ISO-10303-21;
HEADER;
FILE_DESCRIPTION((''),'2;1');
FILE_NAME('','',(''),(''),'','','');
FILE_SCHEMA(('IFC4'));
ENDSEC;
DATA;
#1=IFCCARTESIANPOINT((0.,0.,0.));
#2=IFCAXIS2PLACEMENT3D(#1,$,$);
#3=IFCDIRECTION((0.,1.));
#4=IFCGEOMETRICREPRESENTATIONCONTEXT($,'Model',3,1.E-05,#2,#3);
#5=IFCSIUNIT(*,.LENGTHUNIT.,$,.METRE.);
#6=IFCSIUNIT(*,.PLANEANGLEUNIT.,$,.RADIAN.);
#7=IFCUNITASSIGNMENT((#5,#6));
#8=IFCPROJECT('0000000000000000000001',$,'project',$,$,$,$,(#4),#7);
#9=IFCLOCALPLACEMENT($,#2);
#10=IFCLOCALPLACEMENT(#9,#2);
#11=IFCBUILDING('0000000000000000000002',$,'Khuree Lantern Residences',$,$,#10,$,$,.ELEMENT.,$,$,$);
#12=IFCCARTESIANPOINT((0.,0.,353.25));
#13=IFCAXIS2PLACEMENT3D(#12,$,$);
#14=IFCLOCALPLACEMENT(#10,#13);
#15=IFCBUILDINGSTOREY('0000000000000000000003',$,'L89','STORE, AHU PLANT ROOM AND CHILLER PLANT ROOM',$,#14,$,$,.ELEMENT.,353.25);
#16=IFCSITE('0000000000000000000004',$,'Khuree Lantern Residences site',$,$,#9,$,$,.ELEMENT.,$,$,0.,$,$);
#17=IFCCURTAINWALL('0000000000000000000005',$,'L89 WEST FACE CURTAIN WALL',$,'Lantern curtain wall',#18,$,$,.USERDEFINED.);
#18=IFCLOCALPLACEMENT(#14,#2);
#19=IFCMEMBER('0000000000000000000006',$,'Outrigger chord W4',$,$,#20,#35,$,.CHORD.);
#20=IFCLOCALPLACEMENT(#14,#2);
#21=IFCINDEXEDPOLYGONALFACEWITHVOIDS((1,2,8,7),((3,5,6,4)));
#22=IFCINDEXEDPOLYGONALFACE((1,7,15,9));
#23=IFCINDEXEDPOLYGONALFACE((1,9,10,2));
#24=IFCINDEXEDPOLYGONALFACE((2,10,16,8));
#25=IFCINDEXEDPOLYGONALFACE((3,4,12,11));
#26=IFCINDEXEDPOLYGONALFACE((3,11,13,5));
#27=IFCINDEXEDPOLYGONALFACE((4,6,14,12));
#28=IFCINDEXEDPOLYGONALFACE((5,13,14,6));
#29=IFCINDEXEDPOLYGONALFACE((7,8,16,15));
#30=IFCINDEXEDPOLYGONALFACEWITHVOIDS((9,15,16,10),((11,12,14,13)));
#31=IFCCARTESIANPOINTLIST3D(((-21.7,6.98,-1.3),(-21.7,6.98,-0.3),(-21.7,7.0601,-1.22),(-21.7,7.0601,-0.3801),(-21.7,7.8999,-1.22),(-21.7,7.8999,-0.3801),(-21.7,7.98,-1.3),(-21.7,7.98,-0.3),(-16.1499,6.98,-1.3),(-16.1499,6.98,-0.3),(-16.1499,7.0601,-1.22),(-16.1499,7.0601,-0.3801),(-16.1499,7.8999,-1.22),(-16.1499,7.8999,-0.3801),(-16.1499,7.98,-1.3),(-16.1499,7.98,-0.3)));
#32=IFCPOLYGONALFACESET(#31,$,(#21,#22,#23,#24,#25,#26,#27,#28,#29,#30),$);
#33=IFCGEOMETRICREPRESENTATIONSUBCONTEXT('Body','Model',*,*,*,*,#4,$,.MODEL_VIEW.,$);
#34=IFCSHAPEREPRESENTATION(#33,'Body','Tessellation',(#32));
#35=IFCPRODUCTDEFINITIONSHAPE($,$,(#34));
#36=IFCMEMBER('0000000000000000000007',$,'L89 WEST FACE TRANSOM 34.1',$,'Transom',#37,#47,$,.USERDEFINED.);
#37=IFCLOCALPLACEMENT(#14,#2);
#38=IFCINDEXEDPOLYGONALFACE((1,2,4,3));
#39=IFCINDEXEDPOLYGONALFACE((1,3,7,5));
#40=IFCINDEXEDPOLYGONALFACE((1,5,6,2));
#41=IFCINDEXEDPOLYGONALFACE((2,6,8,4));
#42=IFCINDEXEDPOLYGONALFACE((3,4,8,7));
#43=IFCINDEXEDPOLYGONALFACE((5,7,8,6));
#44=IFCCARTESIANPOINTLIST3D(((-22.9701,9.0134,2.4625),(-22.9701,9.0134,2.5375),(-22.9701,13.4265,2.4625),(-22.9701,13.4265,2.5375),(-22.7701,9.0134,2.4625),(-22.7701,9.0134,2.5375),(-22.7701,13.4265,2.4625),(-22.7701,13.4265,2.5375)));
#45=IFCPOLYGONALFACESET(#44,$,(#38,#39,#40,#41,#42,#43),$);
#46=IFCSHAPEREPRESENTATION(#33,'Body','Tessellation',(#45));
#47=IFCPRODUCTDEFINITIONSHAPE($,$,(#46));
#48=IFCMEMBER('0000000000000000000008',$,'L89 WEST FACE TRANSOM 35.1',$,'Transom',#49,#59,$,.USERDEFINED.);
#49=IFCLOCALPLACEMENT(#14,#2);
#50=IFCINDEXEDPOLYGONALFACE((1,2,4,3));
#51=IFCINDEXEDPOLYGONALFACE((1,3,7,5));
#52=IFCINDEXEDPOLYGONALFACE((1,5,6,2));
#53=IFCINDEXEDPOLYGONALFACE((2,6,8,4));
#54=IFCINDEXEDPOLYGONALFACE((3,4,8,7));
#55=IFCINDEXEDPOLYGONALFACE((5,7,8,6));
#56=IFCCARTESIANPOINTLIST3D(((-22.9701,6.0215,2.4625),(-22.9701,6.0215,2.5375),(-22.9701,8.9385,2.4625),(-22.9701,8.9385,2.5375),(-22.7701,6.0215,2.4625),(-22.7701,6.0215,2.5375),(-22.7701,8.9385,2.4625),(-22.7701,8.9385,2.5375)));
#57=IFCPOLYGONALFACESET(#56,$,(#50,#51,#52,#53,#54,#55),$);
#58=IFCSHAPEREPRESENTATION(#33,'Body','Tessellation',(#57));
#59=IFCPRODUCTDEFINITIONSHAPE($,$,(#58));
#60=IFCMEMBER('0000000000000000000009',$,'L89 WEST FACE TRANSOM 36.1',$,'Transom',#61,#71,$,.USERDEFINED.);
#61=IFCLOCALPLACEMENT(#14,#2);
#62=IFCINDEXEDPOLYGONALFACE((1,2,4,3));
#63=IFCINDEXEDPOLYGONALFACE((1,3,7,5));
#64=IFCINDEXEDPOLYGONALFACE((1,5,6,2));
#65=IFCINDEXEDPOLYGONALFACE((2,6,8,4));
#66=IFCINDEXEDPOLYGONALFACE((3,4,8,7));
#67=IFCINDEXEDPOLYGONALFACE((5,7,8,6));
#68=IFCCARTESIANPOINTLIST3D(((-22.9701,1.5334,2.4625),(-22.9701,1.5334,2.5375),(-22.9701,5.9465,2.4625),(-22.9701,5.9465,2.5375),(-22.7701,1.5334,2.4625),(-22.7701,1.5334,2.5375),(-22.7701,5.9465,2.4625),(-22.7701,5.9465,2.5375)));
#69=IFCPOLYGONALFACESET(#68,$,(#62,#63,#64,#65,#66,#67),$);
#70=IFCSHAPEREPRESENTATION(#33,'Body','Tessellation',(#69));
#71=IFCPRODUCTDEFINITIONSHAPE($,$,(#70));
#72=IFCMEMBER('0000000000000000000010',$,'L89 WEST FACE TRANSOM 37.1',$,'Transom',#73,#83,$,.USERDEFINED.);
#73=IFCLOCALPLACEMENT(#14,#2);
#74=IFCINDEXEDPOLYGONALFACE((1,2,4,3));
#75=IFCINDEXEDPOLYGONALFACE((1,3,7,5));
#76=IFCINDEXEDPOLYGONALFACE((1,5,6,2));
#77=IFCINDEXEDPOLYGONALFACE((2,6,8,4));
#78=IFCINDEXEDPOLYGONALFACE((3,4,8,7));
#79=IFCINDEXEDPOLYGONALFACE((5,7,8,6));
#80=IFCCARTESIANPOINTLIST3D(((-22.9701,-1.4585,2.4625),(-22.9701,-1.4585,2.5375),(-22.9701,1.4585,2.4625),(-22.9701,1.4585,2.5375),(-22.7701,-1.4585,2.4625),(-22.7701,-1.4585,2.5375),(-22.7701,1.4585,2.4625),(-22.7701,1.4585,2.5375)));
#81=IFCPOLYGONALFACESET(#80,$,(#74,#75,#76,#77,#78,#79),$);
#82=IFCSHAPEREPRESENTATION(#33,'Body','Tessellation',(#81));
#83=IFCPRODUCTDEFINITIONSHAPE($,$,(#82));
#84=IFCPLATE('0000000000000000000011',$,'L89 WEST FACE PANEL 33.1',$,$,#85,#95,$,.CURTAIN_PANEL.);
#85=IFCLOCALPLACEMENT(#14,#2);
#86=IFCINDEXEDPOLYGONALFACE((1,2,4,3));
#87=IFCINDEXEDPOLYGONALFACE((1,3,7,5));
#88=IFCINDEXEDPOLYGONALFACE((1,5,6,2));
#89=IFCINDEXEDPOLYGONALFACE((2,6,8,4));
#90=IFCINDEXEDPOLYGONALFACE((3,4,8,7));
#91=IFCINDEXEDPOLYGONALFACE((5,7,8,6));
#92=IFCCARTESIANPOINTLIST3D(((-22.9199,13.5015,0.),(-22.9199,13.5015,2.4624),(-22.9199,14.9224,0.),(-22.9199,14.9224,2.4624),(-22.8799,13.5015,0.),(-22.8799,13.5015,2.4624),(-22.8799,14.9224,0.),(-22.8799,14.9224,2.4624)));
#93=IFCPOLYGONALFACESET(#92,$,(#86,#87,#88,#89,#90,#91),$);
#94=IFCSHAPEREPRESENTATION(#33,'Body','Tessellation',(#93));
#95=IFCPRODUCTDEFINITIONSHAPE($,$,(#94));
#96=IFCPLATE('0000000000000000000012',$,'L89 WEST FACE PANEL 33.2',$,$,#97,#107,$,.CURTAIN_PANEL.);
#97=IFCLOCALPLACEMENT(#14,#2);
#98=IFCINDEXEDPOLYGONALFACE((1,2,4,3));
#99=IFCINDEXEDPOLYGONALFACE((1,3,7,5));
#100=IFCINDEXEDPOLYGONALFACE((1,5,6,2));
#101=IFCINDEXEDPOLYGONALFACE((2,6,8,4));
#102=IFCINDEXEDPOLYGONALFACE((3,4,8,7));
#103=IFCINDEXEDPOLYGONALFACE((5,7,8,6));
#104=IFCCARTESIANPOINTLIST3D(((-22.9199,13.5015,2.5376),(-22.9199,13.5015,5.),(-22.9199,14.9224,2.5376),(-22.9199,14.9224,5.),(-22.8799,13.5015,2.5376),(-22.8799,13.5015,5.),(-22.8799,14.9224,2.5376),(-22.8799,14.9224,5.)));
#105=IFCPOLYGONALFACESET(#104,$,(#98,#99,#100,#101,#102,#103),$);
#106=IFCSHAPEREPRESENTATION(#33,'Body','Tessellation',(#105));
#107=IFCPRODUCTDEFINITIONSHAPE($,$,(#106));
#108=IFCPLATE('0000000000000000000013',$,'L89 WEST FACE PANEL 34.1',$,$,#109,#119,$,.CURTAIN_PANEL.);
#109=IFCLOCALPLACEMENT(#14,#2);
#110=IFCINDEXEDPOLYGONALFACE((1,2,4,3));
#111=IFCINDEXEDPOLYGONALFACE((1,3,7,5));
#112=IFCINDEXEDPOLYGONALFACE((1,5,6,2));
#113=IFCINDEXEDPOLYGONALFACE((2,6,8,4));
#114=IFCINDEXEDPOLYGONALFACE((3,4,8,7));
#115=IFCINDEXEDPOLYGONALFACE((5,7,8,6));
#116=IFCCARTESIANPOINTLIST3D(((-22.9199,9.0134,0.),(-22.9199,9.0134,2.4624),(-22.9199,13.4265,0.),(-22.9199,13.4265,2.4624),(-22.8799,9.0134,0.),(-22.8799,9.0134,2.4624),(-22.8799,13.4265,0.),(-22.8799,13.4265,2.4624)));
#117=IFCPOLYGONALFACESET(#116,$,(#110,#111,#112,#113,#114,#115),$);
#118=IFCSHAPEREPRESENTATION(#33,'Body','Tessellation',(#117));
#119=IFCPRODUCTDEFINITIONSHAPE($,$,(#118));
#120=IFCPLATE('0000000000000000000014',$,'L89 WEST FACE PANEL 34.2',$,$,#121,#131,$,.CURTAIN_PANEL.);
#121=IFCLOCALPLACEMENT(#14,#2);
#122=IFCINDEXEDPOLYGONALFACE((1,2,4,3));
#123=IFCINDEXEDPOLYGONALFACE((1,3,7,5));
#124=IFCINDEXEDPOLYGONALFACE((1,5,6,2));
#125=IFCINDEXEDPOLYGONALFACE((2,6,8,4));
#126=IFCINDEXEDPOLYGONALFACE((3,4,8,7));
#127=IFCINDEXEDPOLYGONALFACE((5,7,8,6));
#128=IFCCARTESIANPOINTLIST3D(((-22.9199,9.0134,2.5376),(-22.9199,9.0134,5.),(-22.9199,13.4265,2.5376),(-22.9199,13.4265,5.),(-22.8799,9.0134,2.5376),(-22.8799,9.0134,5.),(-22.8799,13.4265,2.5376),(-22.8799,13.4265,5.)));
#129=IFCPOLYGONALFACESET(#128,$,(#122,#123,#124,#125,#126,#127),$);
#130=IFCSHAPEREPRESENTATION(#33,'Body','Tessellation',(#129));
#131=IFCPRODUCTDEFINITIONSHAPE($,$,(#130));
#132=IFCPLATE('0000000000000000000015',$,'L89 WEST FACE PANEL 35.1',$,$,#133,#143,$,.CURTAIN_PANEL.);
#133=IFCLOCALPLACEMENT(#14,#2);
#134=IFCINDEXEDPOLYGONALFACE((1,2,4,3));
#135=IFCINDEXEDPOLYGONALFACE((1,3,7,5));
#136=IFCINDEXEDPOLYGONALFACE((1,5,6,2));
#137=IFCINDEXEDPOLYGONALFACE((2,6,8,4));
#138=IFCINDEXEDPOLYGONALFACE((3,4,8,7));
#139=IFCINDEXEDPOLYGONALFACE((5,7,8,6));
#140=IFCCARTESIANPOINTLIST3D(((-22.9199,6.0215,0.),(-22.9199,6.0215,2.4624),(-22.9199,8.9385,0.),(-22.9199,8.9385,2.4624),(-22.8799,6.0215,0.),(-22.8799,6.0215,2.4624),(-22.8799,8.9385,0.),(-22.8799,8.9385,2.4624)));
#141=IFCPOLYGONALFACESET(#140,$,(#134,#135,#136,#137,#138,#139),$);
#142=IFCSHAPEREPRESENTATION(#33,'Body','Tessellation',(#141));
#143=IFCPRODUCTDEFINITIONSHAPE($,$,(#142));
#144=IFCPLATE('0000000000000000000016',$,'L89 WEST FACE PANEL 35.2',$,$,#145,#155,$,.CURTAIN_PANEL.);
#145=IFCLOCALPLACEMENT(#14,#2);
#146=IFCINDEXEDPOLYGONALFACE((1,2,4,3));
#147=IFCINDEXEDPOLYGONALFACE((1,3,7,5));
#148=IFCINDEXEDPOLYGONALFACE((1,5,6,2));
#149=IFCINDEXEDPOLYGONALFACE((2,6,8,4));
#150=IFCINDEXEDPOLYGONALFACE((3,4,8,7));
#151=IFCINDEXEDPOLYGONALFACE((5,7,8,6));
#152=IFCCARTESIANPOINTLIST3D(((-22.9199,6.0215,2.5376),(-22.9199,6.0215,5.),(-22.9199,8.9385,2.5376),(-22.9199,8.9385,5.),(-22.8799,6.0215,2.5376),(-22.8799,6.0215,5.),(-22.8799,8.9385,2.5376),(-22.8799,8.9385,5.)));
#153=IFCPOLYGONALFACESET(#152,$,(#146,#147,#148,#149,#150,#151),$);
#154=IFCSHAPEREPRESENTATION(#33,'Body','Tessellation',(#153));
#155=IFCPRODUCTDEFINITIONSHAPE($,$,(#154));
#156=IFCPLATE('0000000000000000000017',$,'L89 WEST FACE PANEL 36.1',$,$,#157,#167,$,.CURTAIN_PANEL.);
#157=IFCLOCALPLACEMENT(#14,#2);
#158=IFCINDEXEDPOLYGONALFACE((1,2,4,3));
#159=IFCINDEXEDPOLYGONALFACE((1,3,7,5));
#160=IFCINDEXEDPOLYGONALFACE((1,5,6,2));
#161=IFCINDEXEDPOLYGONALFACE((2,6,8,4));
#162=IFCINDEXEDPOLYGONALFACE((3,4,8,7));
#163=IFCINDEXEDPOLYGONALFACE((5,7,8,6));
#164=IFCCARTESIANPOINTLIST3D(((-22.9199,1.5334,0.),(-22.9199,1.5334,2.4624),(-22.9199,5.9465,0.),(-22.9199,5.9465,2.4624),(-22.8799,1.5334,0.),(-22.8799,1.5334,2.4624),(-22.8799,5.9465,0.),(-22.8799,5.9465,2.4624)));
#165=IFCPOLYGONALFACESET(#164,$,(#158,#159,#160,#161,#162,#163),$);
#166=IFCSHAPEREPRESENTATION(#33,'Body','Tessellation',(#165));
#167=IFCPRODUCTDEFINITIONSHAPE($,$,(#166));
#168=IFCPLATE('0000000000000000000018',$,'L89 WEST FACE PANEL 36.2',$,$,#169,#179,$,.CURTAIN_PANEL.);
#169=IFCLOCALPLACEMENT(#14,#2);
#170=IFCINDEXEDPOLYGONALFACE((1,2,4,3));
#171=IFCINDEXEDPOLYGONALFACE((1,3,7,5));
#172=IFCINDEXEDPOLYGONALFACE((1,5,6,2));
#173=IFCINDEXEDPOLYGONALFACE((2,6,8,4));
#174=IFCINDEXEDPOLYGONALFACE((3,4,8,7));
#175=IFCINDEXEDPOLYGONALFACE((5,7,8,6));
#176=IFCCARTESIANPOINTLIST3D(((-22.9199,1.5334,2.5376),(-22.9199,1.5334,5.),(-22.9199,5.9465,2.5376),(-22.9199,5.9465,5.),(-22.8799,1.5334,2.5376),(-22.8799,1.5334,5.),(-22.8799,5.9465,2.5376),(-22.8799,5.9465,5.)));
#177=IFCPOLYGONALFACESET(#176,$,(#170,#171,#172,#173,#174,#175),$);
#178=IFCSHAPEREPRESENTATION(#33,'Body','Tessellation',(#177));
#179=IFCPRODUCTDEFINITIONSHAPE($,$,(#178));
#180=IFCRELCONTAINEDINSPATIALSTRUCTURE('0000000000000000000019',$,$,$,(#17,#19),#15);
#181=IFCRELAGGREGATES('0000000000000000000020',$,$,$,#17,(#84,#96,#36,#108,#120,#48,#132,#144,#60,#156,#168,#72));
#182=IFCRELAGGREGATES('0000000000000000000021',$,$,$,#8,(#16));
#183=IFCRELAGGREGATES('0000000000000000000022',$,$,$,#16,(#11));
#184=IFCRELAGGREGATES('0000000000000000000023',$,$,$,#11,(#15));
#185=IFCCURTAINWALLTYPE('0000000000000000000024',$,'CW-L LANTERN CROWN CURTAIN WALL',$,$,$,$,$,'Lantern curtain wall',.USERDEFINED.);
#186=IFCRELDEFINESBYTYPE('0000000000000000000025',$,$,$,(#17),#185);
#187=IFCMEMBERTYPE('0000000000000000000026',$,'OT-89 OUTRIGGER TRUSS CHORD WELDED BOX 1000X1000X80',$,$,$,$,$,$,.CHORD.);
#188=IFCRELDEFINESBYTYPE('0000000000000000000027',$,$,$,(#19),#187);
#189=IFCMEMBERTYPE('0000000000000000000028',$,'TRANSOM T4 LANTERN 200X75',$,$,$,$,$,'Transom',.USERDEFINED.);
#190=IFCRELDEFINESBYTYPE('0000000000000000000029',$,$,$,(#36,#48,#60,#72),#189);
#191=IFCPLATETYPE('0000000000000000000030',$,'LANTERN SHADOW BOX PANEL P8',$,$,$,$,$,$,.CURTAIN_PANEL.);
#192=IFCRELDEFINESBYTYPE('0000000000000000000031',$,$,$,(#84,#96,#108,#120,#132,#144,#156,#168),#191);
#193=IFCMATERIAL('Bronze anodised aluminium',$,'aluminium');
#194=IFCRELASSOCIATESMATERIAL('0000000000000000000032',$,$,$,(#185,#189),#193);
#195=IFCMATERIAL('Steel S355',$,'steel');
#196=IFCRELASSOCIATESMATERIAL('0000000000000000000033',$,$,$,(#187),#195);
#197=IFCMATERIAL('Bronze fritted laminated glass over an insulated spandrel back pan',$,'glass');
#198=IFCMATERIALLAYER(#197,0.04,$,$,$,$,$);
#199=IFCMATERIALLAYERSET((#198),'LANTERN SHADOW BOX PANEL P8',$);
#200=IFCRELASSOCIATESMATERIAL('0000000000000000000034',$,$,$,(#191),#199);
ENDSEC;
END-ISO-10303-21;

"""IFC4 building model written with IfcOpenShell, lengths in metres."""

from ifc_helpers import new_model, si_unit, direction, frame, origin, origin_2d, place, context, subcontext, project, spatial, rectangle, hollow_rectangle, extrude, material, layer, layer_set, material_profile, profile_set, type_object, element, aggregate, save


model = new_model("IFC4")

# Units and contexts
model_context = context("Model", 3, precision=1e-05, world=origin(), true_north=direction((0.0, 1.0)))
body_context = subcontext(model_context, "Body", "Model", "MODEL_VIEW")
ifc_project = project(units=[si_unit("LENGTHUNIT", "METRE"), si_unit("PLANEANGLEUNIT", "RADIAN")], contexts=[model_context])

# Site, building, storey
site_placement = place(None, origin())
site = spatial("IfcSite", under=ifc_project, at=site_placement, Name="Khuree Lantern Residences site", CompositionType="ELEMENT", RefElevation=0.0)
building_placement = place(site_placement, origin())
building = spatial("IfcBuilding", under=site, at=building_placement, Name="Khuree Lantern Residences", CompositionType="ELEMENT")
storey_placement = place(building_placement, frame((0.0, 0.0, 353.25)))
storey = spatial("IfcBuildingStorey", under=building, at=storey_placement, Name="L89", Description="STORE, AHU PLANT ROOM AND CHILLER PLANT ROOM", CompositionType="ELEMENT", Elevation=353.25)

# Shared definitions
ifc_material_1 = material(Name="Steel S355", Category="steel")

# Curtain wall
ifc_material_2 = material(Name="Bronze anodised aluminium", Category="aluminium")
curtain_wall_type = type_object("IfcCurtainWallType", Name="CW-L LANTERN CROWN CURTAIN WALL", ElementType="Lantern curtain wall", PredefinedType="USERDEFINED", material=ifc_material_2)
curtain_wall_placement = place(storey_placement, origin())
curtain_wall = element("IfcCurtainWall", 1, at=curtain_wall_placement, inside=storey, type_object=curtain_wall_type, Name="L89 WEST FACE CURTAIN WALL", ObjectType="Lantern curtain wall", PredefinedType="USERDEFINED")

# Member
ifc_material_profile_1 = material_profile(ifc_material_1, hollow_rectangle(XDim=1.0, YDim=1.0, WallThickness=0.0801, at=origin_2d()), Name="WELDED BOX 1000X1000X80")
ifc_profile_set_1 = profile_set([ifc_material_profile_1], Name="Steel S355")
member_type_1 = type_object("IfcMemberType", Name="OT-89 OUTRIGGER TRUSS CHORD WELDED BOX 1000X1000X80", PredefinedType="CHORD", material=ifc_profile_set_1)
for number, where, z_axis, x_axis, name in (
    (2, (-21.7, 7.48, -0.8), (1.0, 0.0, 0.0), (0.0, 1.0, 0.0), "Outrigger chord W4"),
):
    element("IfcMember", number, at=place(storey_placement, frame(where, z_axis=z_axis, x_axis=x_axis)), inside=storey, type_object=member_type_1, Name=name, PredefinedType="CHORD", context=body_context, shape_type="SweptSolid", body=[
        extrude(hollow_rectangle(XDim=1.0, YDim=1.0, WallThickness=0.0801, at=origin_2d()), origin(), (0.0, 0.0, 1.0), 5.55),
    ])

# Members
ifc_material_profile_2 = material_profile(ifc_material_2, rectangle(XDim=0.2, YDim=0.075, at=origin_2d()), Name="T4 200X75")
ifc_profile_set_2 = profile_set([ifc_material_profile_2], Name="Bronze anodised aluminium")
member_type_2 = type_object("IfcMemberType", Name="TRANSOM T4 LANTERN 200X75", ElementType="Transom", PredefinedType="USERDEFINED", material=ifc_profile_set_2)
member_1_placement = place(storey_placement, frame((-22.8701, 13.4265, 2.5), z_axis=(0.0, -1.0, 0.0), x_axis=(1.0, 0.0, 0.0)))
member_1 = element("IfcMember", 3, at=member_1_placement, type_object=member_type_2, Name="L89 WEST FACE TRANSOM 34.1", ObjectType="Transom", PredefinedType="USERDEFINED", context=body_context, shape_type="SweptSolid", body=[
    extrude(rectangle(XDim=0.2, YDim=0.075, at=origin_2d()), origin(), (0.0, 0.0, 1.0), 4.4131),
])
member_2_placement = place(storey_placement, frame((-22.8701, 8.9385, 2.5), z_axis=(0.0, -1.0, 0.0), x_axis=(1.0, 0.0, 0.0)))
member_2 = element("IfcMember", 4, at=member_2_placement, type_object=member_type_2, Name="L89 WEST FACE TRANSOM 35.1", ObjectType="Transom", PredefinedType="USERDEFINED", context=body_context, shape_type="SweptSolid", body=[
    extrude(rectangle(XDim=0.2, YDim=0.075, at=origin_2d()), origin(), (0.0, 0.0, 1.0), 2.917),
])
member_3_placement = place(storey_placement, frame((-22.8701, 5.9465, 2.5), z_axis=(0.0, -1.0, 0.0), x_axis=(1.0, 0.0, 0.0)))
member_3 = element("IfcMember", 5, at=member_3_placement, type_object=member_type_2, Name="L89 WEST FACE TRANSOM 36.1", ObjectType="Transom", PredefinedType="USERDEFINED", context=body_context, shape_type="SweptSolid", body=[
    extrude(rectangle(XDim=0.2, YDim=0.075, at=origin_2d()), origin(), (0.0, 0.0, 1.0), 4.4131),
])
member_4_placement = place(storey_placement, frame((-22.8701, 1.4585, 2.5), z_axis=(0.0, -1.0, 0.0), x_axis=(1.0, 0.0, 0.0)))
member_4 = element("IfcMember", 6, at=member_4_placement, type_object=member_type_2, Name="L89 WEST FACE TRANSOM 37.1", ObjectType="Transom", PredefinedType="USERDEFINED", context=body_context, shape_type="SweptSolid", body=[
    extrude(rectangle(XDim=0.2, YDim=0.075, at=origin_2d()), origin(), (0.0, 0.0, 1.0), 2.917),
])

# Plates
ifc_material_3 = material(Name="Bronze fritted laminated glass over an insulated spandrel back pan", Category="glass")
ifc_layer = layer(ifc_material_3, 0.04)
ifc_layer_set = layer_set([ifc_layer], Name="LANTERN SHADOW BOX PANEL P8")
plate_type = type_object("IfcPlateType", Name="LANTERN SHADOW BOX PANEL P8", PredefinedType="CURTAIN_PANEL", material=ifc_layer_set)
plate_1_placement = place(storey_placement, frame((-22.8999, 14.2119, 0.0), z_axis=(0.0, 0.0, 1.0), x_axis=(0.0, -1.0, 0.0)))
plate_1 = element("IfcPlate", 7, at=plate_1_placement, type_object=plate_type, Name="L89 WEST FACE PANEL 33.1", PredefinedType="CURTAIN_PANEL", context=body_context, shape_type="SweptSolid", body=[
    extrude(rectangle(XDim=1.4209, YDim=0.04, at=origin_2d()), origin(), (0.0, 0.0, 1.0), 2.4624),
])
plate_2_placement = place(storey_placement, frame((-22.8999, 14.2119, 2.5376), z_axis=(0.0, 0.0, 1.0), x_axis=(0.0, -1.0, 0.0)))
plate_2 = element("IfcPlate", 8, at=plate_2_placement, type_object=plate_type, Name="L89 WEST FACE PANEL 33.2", PredefinedType="CURTAIN_PANEL", context=body_context, shape_type="SweptSolid", body=[
    extrude(rectangle(XDim=1.4209, YDim=0.04, at=origin_2d()), origin(), (0.0, 0.0, 1.0), 2.4624),
])
plate_3_placement = place(storey_placement, frame((-22.8999, 11.22, 0.0), z_axis=(0.0, 0.0, 1.0), x_axis=(0.0, -1.0, 0.0)))
plate_3 = element("IfcPlate", 9, at=plate_3_placement, type_object=plate_type, Name="L89 WEST FACE PANEL 34.1", PredefinedType="CURTAIN_PANEL", context=body_context, shape_type="SweptSolid", body=[
    extrude(rectangle(XDim=4.4131, YDim=0.04, at=origin_2d()), origin(), (0.0, 0.0, 1.0), 2.4624),
])
plate_4_placement = place(storey_placement, frame((-22.8999, 11.22, 2.5376), z_axis=(0.0, 0.0, 1.0), x_axis=(0.0, -1.0, 0.0)))
plate_4 = element("IfcPlate", 10, at=plate_4_placement, type_object=plate_type, Name="L89 WEST FACE PANEL 34.2", PredefinedType="CURTAIN_PANEL", context=body_context, shape_type="SweptSolid", body=[
    extrude(rectangle(XDim=4.4131, YDim=0.04, at=origin_2d()), origin(), (0.0, 0.0, 1.0), 2.4624),
])
plate_5_placement = place(storey_placement, frame((-22.8999, 7.48, 0.0), z_axis=(0.0, 0.0, 1.0), x_axis=(0.0, -1.0, 0.0)))
plate_5 = element("IfcPlate", 11, at=plate_5_placement, type_object=plate_type, Name="L89 WEST FACE PANEL 35.1", PredefinedType="CURTAIN_PANEL", context=body_context, shape_type="SweptSolid", body=[
    extrude(rectangle(XDim=2.917, YDim=0.04, at=origin_2d()), origin(), (0.0, 0.0, 1.0), 2.4624),
])
plate_6_placement = place(storey_placement, frame((-22.8999, 7.48, 2.5376), z_axis=(0.0, 0.0, 1.0), x_axis=(0.0, -1.0, 0.0)))
plate_6 = element("IfcPlate", 12, at=plate_6_placement, type_object=plate_type, Name="L89 WEST FACE PANEL 35.2", PredefinedType="CURTAIN_PANEL", context=body_context, shape_type="SweptSolid", body=[
    extrude(rectangle(XDim=2.917, YDim=0.04, at=origin_2d()), origin(), (0.0, 0.0, 1.0), 2.4624),
])
plate_7_placement = place(storey_placement, frame((-22.8999, 3.74, 0.0), z_axis=(0.0, 0.0, 1.0), x_axis=(0.0, -1.0, 0.0)))
plate_7 = element("IfcPlate", 13, at=plate_7_placement, type_object=plate_type, Name="L89 WEST FACE PANEL 36.1", PredefinedType="CURTAIN_PANEL", context=body_context, shape_type="SweptSolid", body=[
    extrude(rectangle(XDim=4.4131, YDim=0.04, at=origin_2d()), origin(), (0.0, 0.0, 1.0), 2.4624),
])
plate_8_placement = place(storey_placement, frame((-22.8999, 3.74, 2.5376), z_axis=(0.0, 0.0, 1.0), x_axis=(0.0, -1.0, 0.0)))
plate_8 = element("IfcPlate", 14, at=plate_8_placement, type_object=plate_type, Name="L89 WEST FACE PANEL 36.2", PredefinedType="CURTAIN_PANEL", context=body_context, shape_type="SweptSolid", body=[
    extrude(rectangle(XDim=4.4131, YDim=0.04, at=origin_2d()), origin(), (0.0, 0.0, 1.0), 2.4624),
])
aggregate(curtain_wall, [plate_1, plate_2, member_1, plate_3, plate_4, member_2, plate_5, plate_6, member_3, plate_7, plate_8, member_4])

save(model, "model.ifc")
